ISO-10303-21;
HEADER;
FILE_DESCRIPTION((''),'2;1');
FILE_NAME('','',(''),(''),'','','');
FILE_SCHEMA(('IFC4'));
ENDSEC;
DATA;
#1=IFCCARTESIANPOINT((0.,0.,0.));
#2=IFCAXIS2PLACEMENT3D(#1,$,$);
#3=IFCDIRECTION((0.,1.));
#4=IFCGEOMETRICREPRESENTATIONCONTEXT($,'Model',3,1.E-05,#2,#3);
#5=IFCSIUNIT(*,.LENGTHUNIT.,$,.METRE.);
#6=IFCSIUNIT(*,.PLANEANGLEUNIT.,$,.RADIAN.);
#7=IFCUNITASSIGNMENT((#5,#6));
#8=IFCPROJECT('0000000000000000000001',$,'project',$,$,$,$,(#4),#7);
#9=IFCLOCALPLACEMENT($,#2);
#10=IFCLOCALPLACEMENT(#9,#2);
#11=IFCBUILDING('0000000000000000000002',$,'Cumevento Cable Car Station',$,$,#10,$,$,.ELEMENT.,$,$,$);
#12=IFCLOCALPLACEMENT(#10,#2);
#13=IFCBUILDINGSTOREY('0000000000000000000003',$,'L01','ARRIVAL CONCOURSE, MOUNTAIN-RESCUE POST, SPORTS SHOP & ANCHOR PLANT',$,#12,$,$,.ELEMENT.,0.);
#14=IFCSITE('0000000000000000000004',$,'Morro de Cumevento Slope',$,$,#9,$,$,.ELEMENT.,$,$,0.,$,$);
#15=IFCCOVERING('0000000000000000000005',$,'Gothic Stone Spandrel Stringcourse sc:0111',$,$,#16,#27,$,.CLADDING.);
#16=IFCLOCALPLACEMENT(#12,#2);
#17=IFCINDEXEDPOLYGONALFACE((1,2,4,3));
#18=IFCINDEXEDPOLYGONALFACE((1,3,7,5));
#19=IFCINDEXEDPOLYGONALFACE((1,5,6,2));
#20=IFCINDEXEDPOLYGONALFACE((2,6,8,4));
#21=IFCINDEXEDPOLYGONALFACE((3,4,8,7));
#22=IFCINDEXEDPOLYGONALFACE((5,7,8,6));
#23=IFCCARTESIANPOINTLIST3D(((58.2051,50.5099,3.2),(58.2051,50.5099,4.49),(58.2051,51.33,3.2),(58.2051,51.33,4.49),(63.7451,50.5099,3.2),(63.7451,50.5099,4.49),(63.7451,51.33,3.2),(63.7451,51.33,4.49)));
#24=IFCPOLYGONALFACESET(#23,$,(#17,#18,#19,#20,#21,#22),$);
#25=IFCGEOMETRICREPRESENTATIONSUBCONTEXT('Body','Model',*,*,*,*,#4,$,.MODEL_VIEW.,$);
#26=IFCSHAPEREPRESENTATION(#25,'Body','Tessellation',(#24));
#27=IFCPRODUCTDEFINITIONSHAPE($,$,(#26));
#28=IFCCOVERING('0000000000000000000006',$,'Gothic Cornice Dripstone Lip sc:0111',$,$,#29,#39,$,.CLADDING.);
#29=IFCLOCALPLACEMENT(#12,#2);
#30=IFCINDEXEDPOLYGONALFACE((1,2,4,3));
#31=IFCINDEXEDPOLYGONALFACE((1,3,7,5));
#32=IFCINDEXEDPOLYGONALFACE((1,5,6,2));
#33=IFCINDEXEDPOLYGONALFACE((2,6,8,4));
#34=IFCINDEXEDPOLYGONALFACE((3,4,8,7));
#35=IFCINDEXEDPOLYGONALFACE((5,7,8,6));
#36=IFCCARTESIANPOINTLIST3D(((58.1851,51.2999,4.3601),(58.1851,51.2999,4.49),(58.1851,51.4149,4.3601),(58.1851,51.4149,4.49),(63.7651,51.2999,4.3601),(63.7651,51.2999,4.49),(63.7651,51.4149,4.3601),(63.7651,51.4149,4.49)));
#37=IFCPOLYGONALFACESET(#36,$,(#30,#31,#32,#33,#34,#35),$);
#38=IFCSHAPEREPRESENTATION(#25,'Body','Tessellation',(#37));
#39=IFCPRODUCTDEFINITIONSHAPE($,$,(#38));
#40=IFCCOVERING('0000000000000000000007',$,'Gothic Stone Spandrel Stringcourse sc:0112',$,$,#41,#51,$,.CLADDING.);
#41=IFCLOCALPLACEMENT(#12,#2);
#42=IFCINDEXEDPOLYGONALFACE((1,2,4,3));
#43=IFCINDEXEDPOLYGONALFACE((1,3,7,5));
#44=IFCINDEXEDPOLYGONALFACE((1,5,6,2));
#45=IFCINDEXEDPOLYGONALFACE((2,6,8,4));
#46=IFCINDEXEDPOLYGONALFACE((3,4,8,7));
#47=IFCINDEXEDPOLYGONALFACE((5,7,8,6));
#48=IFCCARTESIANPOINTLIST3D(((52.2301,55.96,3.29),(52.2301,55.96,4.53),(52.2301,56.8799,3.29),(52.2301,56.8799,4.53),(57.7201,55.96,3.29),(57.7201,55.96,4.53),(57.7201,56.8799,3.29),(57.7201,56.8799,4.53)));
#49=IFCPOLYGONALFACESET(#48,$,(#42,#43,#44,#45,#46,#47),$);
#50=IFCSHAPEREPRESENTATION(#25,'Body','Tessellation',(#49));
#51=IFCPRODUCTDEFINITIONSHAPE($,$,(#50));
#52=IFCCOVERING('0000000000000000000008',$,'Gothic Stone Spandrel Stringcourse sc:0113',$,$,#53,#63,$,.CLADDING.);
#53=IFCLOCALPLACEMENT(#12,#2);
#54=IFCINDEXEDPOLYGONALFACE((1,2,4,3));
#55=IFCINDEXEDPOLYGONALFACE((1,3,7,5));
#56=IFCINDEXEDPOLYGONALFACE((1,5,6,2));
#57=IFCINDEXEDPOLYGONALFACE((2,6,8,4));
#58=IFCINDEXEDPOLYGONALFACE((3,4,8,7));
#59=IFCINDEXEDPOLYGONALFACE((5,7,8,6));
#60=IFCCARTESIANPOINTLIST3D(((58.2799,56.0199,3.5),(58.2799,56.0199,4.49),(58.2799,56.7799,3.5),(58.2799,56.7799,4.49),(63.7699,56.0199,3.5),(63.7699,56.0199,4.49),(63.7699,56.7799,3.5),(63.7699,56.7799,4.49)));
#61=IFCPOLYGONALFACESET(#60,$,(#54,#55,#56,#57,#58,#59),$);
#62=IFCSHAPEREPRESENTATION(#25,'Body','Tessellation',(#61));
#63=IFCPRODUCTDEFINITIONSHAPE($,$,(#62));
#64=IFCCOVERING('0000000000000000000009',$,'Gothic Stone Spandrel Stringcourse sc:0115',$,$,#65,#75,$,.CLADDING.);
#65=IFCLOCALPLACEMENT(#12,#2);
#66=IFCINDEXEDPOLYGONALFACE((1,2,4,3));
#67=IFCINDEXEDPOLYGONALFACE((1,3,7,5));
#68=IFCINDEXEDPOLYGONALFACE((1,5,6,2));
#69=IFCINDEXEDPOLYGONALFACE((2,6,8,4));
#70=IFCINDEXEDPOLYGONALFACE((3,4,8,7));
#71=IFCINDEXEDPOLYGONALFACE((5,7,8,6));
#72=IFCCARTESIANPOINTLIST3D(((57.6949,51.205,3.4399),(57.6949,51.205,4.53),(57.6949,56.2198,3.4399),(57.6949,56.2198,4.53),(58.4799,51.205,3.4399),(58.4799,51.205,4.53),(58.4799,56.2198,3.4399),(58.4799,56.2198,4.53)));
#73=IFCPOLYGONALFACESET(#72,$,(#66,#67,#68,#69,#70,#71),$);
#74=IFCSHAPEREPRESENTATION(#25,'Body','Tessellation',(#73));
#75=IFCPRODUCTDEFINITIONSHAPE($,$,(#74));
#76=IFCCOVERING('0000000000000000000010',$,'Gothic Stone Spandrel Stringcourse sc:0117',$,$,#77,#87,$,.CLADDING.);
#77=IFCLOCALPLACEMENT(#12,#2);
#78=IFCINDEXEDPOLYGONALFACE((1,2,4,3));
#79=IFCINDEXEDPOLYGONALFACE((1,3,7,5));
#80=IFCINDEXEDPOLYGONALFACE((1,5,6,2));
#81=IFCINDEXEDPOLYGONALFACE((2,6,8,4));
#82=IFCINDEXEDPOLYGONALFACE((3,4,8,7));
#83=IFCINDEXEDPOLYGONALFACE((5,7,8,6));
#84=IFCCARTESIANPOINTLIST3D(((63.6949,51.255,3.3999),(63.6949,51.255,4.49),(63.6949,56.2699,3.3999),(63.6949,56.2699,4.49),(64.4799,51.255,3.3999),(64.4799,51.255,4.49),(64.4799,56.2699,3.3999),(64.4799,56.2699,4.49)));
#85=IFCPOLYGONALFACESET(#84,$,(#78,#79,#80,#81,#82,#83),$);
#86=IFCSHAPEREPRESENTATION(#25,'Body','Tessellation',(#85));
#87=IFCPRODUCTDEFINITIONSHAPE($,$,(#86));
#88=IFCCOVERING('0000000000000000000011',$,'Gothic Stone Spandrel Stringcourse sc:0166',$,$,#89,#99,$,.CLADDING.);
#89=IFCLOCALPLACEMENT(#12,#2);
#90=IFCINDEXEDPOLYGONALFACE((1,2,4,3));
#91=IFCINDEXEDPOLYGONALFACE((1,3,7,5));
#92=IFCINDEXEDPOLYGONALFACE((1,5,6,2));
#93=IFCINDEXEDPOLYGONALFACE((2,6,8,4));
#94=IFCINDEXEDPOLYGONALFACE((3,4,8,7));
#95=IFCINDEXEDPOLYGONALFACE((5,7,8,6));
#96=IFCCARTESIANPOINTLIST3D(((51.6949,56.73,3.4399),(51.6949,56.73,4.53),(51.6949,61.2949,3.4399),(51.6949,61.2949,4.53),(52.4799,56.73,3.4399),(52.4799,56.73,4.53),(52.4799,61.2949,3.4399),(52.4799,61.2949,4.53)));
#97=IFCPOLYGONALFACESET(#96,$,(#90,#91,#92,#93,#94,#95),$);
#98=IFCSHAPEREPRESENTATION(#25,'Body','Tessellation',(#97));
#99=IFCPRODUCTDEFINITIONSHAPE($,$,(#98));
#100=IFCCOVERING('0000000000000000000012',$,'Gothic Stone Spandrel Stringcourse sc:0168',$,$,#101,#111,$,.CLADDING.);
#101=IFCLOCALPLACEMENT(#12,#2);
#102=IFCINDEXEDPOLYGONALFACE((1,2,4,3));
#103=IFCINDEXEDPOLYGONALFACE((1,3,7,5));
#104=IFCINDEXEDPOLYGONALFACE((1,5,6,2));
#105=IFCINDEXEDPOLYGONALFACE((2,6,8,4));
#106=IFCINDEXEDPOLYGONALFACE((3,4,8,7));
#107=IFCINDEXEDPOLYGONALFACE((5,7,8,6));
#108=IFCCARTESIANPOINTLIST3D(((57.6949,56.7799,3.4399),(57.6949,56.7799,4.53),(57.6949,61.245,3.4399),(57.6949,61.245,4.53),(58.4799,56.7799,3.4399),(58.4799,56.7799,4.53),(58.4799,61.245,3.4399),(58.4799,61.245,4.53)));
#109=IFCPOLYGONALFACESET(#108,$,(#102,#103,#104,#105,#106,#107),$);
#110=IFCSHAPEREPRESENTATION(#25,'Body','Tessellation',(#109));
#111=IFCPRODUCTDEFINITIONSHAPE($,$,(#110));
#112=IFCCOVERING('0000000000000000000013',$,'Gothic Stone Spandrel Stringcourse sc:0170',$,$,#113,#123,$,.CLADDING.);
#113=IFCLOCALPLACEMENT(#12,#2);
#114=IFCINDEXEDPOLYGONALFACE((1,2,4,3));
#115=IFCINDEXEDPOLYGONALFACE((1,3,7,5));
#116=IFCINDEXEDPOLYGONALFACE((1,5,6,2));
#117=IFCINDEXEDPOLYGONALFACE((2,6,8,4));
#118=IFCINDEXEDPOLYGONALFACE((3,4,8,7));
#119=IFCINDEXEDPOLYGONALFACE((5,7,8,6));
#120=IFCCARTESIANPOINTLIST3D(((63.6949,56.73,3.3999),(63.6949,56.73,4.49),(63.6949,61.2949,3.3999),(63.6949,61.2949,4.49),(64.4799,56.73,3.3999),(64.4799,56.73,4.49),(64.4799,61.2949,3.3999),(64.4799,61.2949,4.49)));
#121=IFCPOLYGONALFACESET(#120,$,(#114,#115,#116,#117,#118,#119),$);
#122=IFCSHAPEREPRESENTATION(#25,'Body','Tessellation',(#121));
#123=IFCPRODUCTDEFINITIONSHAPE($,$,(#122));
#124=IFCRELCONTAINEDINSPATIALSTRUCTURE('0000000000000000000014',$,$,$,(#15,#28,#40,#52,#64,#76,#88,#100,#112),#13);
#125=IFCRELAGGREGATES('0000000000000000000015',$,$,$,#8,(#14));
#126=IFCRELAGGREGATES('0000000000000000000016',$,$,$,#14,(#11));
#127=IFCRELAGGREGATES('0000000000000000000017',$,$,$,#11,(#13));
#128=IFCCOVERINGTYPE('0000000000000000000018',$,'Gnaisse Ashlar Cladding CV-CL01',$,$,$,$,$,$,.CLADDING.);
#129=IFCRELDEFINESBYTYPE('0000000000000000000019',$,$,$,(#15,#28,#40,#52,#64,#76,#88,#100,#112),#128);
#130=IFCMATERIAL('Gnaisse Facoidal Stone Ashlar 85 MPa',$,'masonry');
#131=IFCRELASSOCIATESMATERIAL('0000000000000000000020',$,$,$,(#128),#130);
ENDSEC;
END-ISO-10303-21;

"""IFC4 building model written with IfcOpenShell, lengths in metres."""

from ifc_helpers import new_model, si_unit, direction, frame, origin, origin_2d, place, context, subcontext, project, spatial, rectangle, extrude, material, type_object, element, save


model = new_model("IFC4")

# Units and contexts
model_context = context("Model", 3, precision=1e-05, world=origin(), true_north=direction((0.0, 1.0)))
body_context = subcontext(model_context, "Body", "Model", "MODEL_VIEW")
ifc_project = project(units=[si_unit("LENGTHUNIT", "METRE"), si_unit("PLANEANGLEUNIT", "RADIAN")], contexts=[model_context])

# Site, building, storey
site_placement = place(None, origin())
site = spatial("IfcSite", under=ifc_project, at=site_placement, Name="Morro de Cumevento Slope", CompositionType="ELEMENT", RefElevation=0.0)
building_placement = place(site_placement, origin())
building = spatial("IfcBuilding", under=site, at=building_placement, Name="Cumevento Cable Car Station", CompositionType="ELEMENT")
storey_placement = place(building_placement, origin())
storey = spatial("IfcBuildingStorey", under=building, at=storey_placement, Name="L01", Description="ARRIVAL CONCOURSE, MOUNTAIN-RESCUE POST, SPORTS SHOP & ANCHOR PLANT", CompositionType="ELEMENT", Elevation=0.0)

# Coverings
ifc_material_1 = material(Name="Gnaisse Facoidal Stone Ashlar 85 MPa", Category="masonry")
covering_type = type_object("IfcCoveringType", Name="Gnaisse Ashlar Cladding CV-CL01", PredefinedType="CLADDING", material=ifc_material_1)
covering_1_placement = place(storey_placement, frame((60.9751, 50.9199, 3.2), z_axis=(0.0, 0.0, 1.0), x_axis=(1.0, 0.0, 0.0)))
element("IfcCovering", 1, at=covering_1_placement, inside=storey, type_object=covering_type, Name="Gothic Stone Spandrel Stringcourse sc:0111", PredefinedType="CLADDING", context=body_context, shape_type="SweptSolid", body=[
    extrude(rectangle(XDim=5.54, YDim=0.8201, at=origin_2d()), origin(), (0.0, 0.0, 1.0), 1.29),
])
covering_2_placement = place(storey_placement, frame((60.9751, 51.3574, 4.3601), z_axis=(0.0, 0.0, 1.0), x_axis=(1.0, 0.0, 0.0)))
element("IfcCovering", 2, at=covering_2_placement, inside=storey, type_object=covering_type, Name="Gothic Cornice Dripstone Lip sc:0111", PredefinedType="CLADDING", context=body_context, shape_type="SweptSolid", body=[
    extrude(rectangle(XDim=5.5801, YDim=0.115, at=origin_2d()), origin(), (0.0, 0.0, 1.0), 0.1299),
])
covering_3_placement = place(storey_placement, frame((54.9751, 56.4199, 3.29), z_axis=(0.0, 0.0, 1.0), x_axis=(1.0, 0.0, 0.0)))
element("IfcCovering", 3, at=covering_3_placement, inside=storey, type_object=covering_type, Name="Gothic Stone Spandrel Stringcourse sc:0112", PredefinedType="CLADDING", context=body_context, shape_type="SweptSolid", body=[
    extrude(rectangle(XDim=5.49, YDim=0.9199, at=origin_2d()), origin(), (0.0, 0.0, 1.0), 1.24),
])
covering_4_placement = place(storey_placement, frame((61.0249, 56.3999, 3.5), z_axis=(0.0, 0.0, 1.0), x_axis=(1.0, 0.0, 0.0)))
element("IfcCovering", 4, at=covering_4_placement, inside=storey, type_object=covering_type, Name="Gothic Stone Spandrel Stringcourse sc:0113", PredefinedType="CLADDING", context=body_context, shape_type="SweptSolid", body=[
    extrude(rectangle(XDim=5.49, YDim=0.76, at=origin_2d()), origin(), (0.0, 0.0, 1.0), 0.99),
])
for number, where, z_axis, x_axis, name in (
    (5, (58.0874, 53.7124, 3.4399), (0.0, 0.0, 1.0), (0.0, 1.0, 0.0), "Gothic Stone Spandrel Stringcourse sc:0115"),
    (6, (64.0874, 53.7625, 3.3999), (0.0, 0.0, 1.0), (0.0, 1.0, 0.0), "Gothic Stone Spandrel Stringcourse sc:0117"),
):
    element("IfcCovering", number, at=place(storey_placement, frame(where, z_axis=z_axis, x_axis=x_axis)), inside=storey, type_object=covering_type, Name=name, PredefinedType="CLADDING", context=body_context, shape_type="SweptSolid", body=[
        extrude(rectangle(XDim=5.0149, YDim=0.7849, at=origin_2d()), origin(), (0.0, 0.0, 1.0), 1.0901),
    ])
covering_5_placement = place(storey_placement, frame((52.0874, 59.0125, 3.4399), z_axis=(0.0, 0.0, 1.0), x_axis=(0.0, 1.0, 0.0)))
element("IfcCovering", 7, at=covering_5_placement, inside=storey, type_object=covering_type, Name="Gothic Stone Spandrel Stringcourse sc:0166", PredefinedType="CLADDING", context=body_context, shape_type="SweptSolid", body=[
    extrude(rectangle(XDim=4.5649, YDim=0.7849, at=origin_2d()), origin(), (0.0, 0.0, 1.0), 1.0901),
])
covering_6_placement = place(storey_placement, frame((58.0874, 59.0125, 3.4399), z_axis=(0.0, 0.0, 1.0), x_axis=(0.0, 1.0, 0.0)))
element("IfcCovering", 8, at=covering_6_placement, inside=storey, type_object=covering_type, Name="Gothic Stone Spandrel Stringcourse sc:0168", PredefinedType="CLADDING", context=body_context, shape_type="SweptSolid", body=[
    extrude(rectangle(XDim=4.4651, YDim=0.7849, at=origin_2d()), origin(), (0.0, 0.0, 1.0), 1.0901),
])
covering_7_placement = place(storey_placement, frame((64.0874, 59.0125, 3.3999), z_axis=(0.0, 0.0, 1.0), x_axis=(0.0, 1.0, 0.0)))
element("IfcCovering", 9, at=covering_7_placement, inside=storey, type_object=covering_type, Name="Gothic Stone Spandrel Stringcourse sc:0170", PredefinedType="CLADDING", context=body_context, shape_type="SweptSolid", body=[
    extrude(rectangle(XDim=4.5649, YDim=0.7849, at=origin_2d()), origin(), (0.0, 0.0, 1.0), 1.0901),
])

save(model, "model.ifc")
